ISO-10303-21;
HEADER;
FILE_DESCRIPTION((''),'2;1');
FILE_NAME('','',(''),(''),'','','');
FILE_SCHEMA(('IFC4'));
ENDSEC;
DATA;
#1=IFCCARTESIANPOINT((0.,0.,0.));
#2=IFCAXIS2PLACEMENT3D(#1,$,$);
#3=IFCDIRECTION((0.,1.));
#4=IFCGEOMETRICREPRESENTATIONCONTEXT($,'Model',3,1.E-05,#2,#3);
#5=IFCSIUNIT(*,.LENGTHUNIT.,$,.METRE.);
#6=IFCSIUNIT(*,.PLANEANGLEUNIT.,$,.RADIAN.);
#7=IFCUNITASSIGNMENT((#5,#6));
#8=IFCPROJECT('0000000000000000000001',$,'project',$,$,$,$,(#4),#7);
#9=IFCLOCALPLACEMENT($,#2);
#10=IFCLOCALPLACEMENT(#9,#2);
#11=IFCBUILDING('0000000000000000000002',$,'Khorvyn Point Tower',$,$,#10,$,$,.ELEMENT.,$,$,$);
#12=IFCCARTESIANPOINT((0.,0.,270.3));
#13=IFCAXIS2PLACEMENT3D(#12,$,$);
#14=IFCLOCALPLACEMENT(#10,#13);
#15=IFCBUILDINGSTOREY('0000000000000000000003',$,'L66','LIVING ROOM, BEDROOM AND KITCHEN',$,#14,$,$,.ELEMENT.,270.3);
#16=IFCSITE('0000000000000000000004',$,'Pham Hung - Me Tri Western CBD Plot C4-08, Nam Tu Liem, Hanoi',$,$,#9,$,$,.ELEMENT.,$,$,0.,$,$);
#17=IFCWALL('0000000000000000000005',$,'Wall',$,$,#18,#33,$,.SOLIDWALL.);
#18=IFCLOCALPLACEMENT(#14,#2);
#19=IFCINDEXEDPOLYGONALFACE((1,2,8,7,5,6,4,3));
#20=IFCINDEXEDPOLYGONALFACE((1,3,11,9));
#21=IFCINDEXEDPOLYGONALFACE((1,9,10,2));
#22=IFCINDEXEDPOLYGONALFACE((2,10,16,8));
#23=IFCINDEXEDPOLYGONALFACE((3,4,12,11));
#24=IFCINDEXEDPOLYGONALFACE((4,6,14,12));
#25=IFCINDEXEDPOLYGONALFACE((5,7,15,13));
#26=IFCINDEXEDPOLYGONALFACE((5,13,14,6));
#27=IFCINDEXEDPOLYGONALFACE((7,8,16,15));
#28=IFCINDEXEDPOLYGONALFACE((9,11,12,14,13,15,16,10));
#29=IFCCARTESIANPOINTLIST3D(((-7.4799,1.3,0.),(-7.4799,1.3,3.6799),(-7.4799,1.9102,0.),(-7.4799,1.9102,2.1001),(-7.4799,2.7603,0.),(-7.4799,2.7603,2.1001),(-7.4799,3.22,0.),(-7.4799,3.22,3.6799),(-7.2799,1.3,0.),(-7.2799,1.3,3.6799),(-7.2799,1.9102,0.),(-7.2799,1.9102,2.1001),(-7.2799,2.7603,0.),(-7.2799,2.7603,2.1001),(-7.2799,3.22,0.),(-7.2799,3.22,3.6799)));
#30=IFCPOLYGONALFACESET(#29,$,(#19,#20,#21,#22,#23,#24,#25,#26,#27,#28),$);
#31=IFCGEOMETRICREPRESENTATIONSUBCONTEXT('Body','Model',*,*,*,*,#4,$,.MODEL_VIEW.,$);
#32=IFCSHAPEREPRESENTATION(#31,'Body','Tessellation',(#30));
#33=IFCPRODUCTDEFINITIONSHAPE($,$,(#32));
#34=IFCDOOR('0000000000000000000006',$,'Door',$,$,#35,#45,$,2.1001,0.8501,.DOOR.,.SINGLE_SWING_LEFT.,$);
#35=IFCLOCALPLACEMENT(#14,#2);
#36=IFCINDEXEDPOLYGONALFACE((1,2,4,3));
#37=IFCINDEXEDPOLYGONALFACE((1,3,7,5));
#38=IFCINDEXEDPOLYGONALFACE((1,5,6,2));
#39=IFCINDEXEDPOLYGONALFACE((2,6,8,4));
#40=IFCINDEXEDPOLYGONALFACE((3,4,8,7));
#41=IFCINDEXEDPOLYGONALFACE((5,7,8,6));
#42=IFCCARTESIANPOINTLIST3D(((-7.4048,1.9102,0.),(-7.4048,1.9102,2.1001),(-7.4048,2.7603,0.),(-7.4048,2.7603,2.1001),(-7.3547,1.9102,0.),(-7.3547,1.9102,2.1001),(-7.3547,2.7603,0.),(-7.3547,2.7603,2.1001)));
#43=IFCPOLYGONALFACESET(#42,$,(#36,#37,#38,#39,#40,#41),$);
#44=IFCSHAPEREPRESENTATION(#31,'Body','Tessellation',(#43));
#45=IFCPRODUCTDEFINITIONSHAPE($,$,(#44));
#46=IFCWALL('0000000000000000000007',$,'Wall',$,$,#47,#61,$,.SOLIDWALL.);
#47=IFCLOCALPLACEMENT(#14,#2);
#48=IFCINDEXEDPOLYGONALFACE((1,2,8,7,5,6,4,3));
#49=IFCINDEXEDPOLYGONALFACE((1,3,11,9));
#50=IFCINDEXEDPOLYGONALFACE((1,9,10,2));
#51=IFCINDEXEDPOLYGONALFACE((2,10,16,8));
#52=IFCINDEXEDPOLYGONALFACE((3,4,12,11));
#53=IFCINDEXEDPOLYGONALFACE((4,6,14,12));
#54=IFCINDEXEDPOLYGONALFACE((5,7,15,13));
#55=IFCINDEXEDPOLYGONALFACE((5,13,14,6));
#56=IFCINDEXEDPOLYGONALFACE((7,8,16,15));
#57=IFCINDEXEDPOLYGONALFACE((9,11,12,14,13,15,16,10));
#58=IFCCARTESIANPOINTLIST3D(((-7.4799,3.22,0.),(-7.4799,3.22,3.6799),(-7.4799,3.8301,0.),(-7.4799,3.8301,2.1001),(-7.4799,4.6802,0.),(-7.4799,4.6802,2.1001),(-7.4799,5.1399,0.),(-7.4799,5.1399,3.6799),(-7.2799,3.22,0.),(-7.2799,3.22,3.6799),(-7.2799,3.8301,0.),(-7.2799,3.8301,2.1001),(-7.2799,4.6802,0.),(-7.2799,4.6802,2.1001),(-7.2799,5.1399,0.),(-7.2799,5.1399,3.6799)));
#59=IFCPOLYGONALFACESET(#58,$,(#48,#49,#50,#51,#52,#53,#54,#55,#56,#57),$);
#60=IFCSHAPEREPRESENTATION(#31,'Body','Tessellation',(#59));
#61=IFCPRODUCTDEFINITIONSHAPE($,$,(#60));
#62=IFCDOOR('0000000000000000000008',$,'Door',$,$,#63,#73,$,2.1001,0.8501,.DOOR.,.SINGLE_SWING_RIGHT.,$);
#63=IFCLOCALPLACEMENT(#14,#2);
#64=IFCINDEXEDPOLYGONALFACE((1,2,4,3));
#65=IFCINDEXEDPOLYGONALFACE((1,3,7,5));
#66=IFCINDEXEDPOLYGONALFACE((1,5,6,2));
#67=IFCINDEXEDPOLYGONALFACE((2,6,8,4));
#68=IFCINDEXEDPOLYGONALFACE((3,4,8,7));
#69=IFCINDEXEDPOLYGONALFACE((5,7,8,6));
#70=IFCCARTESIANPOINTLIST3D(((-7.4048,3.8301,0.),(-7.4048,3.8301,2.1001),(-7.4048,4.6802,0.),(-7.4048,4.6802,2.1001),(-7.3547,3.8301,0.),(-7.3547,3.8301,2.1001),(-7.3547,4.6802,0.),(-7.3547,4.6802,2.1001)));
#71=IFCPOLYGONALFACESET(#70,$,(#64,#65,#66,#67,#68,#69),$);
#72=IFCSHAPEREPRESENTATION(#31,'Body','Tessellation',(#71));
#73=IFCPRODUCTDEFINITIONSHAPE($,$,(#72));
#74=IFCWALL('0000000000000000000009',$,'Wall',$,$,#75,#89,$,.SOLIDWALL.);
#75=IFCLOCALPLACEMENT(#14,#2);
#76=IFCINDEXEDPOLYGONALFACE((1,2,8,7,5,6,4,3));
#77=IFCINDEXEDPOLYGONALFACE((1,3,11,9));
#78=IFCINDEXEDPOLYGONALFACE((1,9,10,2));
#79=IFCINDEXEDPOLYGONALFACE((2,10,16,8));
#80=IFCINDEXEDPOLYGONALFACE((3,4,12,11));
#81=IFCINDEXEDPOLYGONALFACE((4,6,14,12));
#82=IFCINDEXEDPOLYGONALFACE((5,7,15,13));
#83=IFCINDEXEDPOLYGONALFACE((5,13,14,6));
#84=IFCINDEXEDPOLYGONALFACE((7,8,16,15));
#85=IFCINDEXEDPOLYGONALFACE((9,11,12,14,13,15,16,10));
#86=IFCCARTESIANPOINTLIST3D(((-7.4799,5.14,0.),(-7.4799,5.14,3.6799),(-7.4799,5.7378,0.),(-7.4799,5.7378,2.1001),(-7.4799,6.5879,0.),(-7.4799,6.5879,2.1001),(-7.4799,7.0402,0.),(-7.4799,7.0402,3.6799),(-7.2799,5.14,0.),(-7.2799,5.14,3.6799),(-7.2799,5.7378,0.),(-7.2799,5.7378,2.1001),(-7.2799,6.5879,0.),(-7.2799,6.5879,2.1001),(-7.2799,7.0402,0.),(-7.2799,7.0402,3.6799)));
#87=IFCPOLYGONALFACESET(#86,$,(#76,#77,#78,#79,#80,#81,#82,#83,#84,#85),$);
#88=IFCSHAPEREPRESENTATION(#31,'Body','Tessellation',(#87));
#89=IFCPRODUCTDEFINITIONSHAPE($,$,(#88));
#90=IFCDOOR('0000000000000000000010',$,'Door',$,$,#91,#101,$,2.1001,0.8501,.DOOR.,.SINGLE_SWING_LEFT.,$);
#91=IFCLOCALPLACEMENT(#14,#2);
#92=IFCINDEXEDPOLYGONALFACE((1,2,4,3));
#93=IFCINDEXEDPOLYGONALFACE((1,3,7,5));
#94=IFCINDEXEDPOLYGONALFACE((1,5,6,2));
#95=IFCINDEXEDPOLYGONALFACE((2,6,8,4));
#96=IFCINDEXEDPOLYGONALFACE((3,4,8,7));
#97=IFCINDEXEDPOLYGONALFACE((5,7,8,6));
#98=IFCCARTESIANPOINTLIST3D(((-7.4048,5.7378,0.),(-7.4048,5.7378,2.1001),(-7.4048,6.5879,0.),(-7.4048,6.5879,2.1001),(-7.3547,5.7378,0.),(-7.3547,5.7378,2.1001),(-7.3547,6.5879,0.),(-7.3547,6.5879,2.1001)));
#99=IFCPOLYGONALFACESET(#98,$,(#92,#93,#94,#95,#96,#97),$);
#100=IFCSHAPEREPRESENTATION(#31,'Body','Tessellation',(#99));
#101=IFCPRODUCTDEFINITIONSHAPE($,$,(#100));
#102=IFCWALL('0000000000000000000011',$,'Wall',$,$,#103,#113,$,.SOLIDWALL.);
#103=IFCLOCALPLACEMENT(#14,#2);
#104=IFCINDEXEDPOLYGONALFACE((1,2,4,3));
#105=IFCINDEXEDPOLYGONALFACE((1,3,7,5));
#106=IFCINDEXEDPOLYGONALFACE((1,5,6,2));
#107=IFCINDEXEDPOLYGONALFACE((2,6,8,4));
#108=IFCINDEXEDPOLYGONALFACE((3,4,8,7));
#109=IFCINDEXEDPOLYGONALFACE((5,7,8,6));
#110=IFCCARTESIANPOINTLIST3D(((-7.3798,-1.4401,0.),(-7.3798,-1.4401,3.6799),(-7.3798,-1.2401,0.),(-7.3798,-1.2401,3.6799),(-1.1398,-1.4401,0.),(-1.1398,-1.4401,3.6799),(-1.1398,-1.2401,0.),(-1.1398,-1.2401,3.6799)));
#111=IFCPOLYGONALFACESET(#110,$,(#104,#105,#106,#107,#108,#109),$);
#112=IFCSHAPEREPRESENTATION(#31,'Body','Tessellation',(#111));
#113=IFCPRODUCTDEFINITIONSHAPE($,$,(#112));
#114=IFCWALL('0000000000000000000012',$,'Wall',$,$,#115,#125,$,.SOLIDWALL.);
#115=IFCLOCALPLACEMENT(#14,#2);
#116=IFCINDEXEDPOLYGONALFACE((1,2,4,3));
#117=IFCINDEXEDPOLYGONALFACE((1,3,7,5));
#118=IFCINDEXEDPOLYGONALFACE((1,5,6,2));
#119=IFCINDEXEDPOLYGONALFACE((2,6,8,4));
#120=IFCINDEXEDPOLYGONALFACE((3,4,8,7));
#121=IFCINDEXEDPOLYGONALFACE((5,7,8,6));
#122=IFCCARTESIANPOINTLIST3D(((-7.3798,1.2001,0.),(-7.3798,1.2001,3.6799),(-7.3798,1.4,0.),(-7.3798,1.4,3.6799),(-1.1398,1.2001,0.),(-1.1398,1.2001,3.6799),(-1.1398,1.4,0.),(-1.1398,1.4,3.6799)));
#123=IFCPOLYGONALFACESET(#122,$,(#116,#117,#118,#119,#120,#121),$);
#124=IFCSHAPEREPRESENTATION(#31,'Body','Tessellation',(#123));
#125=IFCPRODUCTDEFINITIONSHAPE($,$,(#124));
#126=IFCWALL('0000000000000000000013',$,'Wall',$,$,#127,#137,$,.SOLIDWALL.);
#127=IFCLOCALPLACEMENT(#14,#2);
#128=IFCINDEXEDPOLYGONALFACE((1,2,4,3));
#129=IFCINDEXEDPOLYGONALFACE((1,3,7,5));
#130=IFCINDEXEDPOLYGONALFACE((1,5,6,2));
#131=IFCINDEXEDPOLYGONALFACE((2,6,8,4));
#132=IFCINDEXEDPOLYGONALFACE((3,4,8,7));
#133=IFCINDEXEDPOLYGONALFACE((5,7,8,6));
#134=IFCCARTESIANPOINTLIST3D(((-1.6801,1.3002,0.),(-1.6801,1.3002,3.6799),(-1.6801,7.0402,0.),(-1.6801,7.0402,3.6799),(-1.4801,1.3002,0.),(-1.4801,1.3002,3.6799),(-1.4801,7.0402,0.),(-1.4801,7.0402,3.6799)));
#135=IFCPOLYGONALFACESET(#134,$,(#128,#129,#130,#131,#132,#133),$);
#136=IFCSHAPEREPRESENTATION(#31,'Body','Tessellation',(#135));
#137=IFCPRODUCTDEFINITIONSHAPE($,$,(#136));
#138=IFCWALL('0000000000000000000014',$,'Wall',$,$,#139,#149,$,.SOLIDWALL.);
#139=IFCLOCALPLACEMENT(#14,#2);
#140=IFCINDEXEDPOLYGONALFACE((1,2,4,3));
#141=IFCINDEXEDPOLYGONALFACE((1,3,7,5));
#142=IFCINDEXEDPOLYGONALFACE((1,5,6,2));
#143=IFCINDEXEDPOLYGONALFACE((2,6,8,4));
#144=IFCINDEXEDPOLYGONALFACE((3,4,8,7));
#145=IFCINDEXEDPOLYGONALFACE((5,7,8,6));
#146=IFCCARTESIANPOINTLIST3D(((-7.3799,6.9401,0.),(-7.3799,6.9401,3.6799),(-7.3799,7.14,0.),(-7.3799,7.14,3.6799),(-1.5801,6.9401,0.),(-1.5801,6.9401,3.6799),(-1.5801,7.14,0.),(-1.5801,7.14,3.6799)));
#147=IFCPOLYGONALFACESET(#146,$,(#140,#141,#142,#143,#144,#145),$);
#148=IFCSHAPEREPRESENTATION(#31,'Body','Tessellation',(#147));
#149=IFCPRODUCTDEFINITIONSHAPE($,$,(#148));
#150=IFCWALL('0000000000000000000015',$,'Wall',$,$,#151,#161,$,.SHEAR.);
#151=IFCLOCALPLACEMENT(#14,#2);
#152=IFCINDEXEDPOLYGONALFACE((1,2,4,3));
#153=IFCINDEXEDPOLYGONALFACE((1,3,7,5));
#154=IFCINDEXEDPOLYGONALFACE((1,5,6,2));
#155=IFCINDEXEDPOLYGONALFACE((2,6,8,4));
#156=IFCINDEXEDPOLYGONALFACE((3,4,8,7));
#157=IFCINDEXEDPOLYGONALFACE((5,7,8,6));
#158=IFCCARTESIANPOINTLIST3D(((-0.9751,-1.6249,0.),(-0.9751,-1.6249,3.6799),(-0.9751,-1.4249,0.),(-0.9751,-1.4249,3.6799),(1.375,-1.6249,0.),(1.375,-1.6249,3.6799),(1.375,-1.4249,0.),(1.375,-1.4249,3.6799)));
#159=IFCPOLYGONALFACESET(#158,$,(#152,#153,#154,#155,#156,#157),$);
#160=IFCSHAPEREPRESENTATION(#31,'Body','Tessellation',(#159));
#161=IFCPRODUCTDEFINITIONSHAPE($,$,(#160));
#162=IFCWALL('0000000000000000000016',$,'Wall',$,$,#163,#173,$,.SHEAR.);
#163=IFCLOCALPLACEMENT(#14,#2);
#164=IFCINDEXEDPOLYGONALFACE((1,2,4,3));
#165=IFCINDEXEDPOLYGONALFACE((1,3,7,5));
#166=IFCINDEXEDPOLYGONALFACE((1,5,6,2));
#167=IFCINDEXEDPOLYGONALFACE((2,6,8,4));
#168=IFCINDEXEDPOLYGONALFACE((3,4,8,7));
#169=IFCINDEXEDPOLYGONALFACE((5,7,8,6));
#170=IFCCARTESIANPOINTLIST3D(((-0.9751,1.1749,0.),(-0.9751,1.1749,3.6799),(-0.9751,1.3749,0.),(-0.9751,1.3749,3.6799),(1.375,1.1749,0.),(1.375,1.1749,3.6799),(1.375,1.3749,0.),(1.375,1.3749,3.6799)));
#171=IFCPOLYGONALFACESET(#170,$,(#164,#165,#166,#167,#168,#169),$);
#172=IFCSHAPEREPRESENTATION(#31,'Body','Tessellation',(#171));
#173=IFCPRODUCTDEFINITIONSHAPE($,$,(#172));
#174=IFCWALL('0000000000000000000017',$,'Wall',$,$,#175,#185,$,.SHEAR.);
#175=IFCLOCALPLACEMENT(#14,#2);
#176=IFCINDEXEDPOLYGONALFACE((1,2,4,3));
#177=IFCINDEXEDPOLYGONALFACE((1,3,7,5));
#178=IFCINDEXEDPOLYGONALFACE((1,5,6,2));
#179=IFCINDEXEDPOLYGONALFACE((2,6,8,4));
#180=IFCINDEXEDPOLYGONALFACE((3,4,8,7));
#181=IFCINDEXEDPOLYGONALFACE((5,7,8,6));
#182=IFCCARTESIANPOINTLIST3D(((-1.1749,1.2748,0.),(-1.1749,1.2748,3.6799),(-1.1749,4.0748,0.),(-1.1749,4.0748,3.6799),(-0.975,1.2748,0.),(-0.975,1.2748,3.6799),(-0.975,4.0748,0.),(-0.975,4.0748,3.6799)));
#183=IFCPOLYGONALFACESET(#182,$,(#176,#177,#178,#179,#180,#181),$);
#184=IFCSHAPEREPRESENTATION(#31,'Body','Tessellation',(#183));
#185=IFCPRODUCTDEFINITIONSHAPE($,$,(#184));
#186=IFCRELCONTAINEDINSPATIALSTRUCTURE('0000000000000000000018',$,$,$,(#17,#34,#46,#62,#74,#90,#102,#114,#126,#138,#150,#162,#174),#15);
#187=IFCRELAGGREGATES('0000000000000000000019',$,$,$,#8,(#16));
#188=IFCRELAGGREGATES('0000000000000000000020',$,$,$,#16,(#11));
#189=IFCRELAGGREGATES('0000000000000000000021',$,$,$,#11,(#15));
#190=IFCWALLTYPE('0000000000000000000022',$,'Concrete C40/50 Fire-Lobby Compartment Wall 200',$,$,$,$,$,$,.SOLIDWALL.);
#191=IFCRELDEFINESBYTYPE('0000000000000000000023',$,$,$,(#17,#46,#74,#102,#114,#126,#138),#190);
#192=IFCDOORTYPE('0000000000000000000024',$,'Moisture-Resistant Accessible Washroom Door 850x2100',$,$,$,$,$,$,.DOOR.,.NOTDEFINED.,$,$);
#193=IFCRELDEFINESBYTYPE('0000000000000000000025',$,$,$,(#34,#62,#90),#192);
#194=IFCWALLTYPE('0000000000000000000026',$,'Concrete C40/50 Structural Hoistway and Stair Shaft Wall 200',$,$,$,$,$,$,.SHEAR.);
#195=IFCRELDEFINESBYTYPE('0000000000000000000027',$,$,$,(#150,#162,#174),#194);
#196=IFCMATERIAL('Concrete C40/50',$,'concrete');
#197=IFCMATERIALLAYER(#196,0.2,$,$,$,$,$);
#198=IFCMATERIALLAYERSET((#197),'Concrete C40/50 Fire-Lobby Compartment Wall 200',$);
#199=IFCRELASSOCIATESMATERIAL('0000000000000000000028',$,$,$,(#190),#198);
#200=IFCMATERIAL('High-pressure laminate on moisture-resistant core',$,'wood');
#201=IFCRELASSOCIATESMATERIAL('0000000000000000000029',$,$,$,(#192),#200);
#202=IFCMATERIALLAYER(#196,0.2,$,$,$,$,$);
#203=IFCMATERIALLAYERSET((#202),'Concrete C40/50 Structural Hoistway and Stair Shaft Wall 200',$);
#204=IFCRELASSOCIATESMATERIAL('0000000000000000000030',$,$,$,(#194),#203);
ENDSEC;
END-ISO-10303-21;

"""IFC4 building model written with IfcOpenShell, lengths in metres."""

from ifc_helpers import new_model, si_unit, direction, frame, frame_2d, origin, place, context, subcontext, project, spatial, rectangle, extrude, material, layer, layer_set, type_object, element, fill, save


model = new_model("IFC4")

# Units and contexts
model_context = context("Model", 3, precision=1e-05, world=origin(), true_north=direction((0.0, 1.0)))
body_context = subcontext(model_context, "Body", "Model", "MODEL_VIEW")
ifc_project = project(units=[si_unit("LENGTHUNIT", "METRE"), si_unit("PLANEANGLEUNIT", "RADIAN")], contexts=[model_context])

# Site, building, storey
site_placement = place(None, origin())
site = spatial("IfcSite", under=ifc_project, at=site_placement, Name="Pham Hung - Me Tri Western CBD Plot C4-08, Nam Tu Liem, Hanoi", CompositionType="ELEMENT", RefElevation=0.0)
building_placement = place(site_placement, origin())
building = spatial("IfcBuilding", under=site, at=building_placement, Name="Khorvyn Point Tower", CompositionType="ELEMENT")
storey_placement = place(building_placement, frame((0.0, 0.0, 270.3)))
storey = spatial("IfcBuildingStorey", under=building, at=storey_placement, Name="L66", Description="LIVING ROOM, BEDROOM AND KITCHEN", CompositionType="ELEMENT", Elevation=270.3)

# Shared definitions
ifc_material_1 = material(Name="Concrete C40/50", Category="concrete")

# Walls, openings, doors
ifc_layer_1 = layer(ifc_material_1, 0.2)
ifc_layer_set_1 = layer_set([ifc_layer_1], Name="Concrete C40/50 Fire-Lobby Compartment Wall 200")
wall_type_1 = type_object("IfcWallType", Name="Concrete C40/50 Fire-Lobby Compartment Wall 200", PredefinedType="SOLIDWALL", material=ifc_layer_set_1)
wall_1_placement = place(storey_placement, frame((-7.3799, 1.3, 0.0), z_axis=(0.0, 0.0, 1.0), x_axis=(0.0, 1.0, 0.0)))
wall_1 = element("IfcWall", 1, at=wall_1_placement, inside=storey, type_object=wall_type_1, Name="Wall", PredefinedType="SOLIDWALL", context=body_context, shape_type="SweptSolid", body=[
    extrude(rectangle(XDim=1.9199, YDim=0.2, at=frame_2d((0.96, 0.0))), origin(), (0.0, 0.0, 1.0), 3.6799),
])
opening_1_placement = place(wall_1_placement, frame((0.6101, 0.0, 0.0)))
opening_1 = element("IfcOpeningElement", 2, at=opening_1_placement, cuts=wall_1, PredefinedType="OPENING", context=body_context, shape_type="SweptSolid", body=[
    extrude(rectangle(XDim=0.8501, YDim=2.1001, at=frame_2d((0.425, 1.05))), frame((0.0, 0.1099, 0.0), z_axis=(0.0, -1.0, 0.0), x_axis=(1.0, 0.0, 0.0)), (0.0, 0.0, 1.0), 0.22),
])
ifc_material_2 = material(Name="High-pressure laminate on moisture-resistant core", Category="wood")
door_type_1 = type_object("IfcDoorType", Name="Moisture-Resistant Accessible Washroom Door 850x2100", OperationType="NOTDEFINED", PredefinedType="DOOR", material=ifc_material_2)
door_1_placement = place(opening_1_placement, origin())
door_1 = element("IfcDoor", 3, at=door_1_placement, inside=storey, type_object=door_type_1, Name="Door", OperationType="SINGLE_SWING_LEFT", OverallHeight=2.1001, OverallWidth=0.8501, PredefinedType="DOOR", context=body_context, shape_type="SweptSolid", body=[
    extrude(rectangle(XDim=0.8501, YDim=2.1001, at=frame_2d((0.425, 1.05))), frame((0.0, 0.0249, 0.0), z_axis=(0.0, -1.0, 0.0), x_axis=(1.0, 0.0, 0.0)), (0.0, 0.0, 1.0), 0.05),
])
fill(opening_1, door_1)
wall_2_placement = place(storey_placement, frame((-7.3799, 3.22, 0.0), z_axis=(0.0, 0.0, 1.0), x_axis=(0.0, 1.0, 0.0)))
wall_2 = element("IfcWall", 4, at=wall_2_placement, inside=storey, type_object=wall_type_1, Name="Wall", PredefinedType="SOLIDWALL", context=body_context, shape_type="SweptSolid", body=[
    extrude(rectangle(XDim=1.9199, YDim=0.2, at=frame_2d((0.96, 0.0))), origin(), (0.0, 0.0, 1.0), 3.6799),
])
opening_2_placement = place(wall_2_placement, frame((0.6101, 0.0, 0.0)))
opening_2 = element("IfcOpeningElement", 5, at=opening_2_placement, cuts=wall_2, PredefinedType="OPENING", context=body_context, shape_type="SweptSolid", body=[
    extrude(rectangle(XDim=0.8501, YDim=2.1001, at=frame_2d((0.425, 1.05))), frame((0.0, 0.1099, 0.0), z_axis=(0.0, -1.0, 0.0), x_axis=(1.0, 0.0, 0.0)), (0.0, 0.0, 1.0), 0.22),
])
door_2_placement = place(opening_2_placement, origin())
door_2 = element("IfcDoor", 6, at=door_2_placement, inside=storey, type_object=door_type_1, Name="Door", OperationType="SINGLE_SWING_RIGHT", OverallHeight=2.1001, OverallWidth=0.8501, PredefinedType="DOOR", context=body_context, shape_type="SweptSolid", body=[
    extrude(rectangle(XDim=0.8501, YDim=2.1001, at=frame_2d((0.425, 1.05))), frame((0.0, 0.0249, 0.0), z_axis=(0.0, -1.0, 0.0), x_axis=(1.0, 0.0, 0.0)), (0.0, 0.0, 1.0), 0.05),
])
fill(opening_2, door_2)
wall_3_placement = place(storey_placement, frame((-7.3799, 5.1399, 0.0), z_axis=(0.0, 0.0, 1.0), x_axis=(0.0, 1.0, 0.0)))
wall_3 = element("IfcWall", 7, at=wall_3_placement, inside=storey, type_object=wall_type_1, Name="Wall", PredefinedType="SOLIDWALL", context=body_context, shape_type="SweptSolid", body=[
    extrude(rectangle(XDim=1.9001, YDim=0.2, at=frame_2d((0.9502, 0.0))), origin(), (0.0, 0.0, 1.0), 3.6799),
])
opening_3_placement = place(wall_3_placement, frame((0.5979, 0.0, 0.0)))
opening_3 = element("IfcOpeningElement", 8, at=opening_3_placement, cuts=wall_3, PredefinedType="OPENING", context=body_context, shape_type="SweptSolid", body=[
    extrude(rectangle(XDim=0.8501, YDim=2.1001, at=frame_2d((0.425, 1.05))), frame((0.0, 0.1099, 0.0), z_axis=(0.0, -1.0, 0.0), x_axis=(1.0, 0.0, 0.0)), (0.0, 0.0, 1.0), 0.22),
])
door_3_placement = place(opening_3_placement, origin())
door_3 = element("IfcDoor", 9, at=door_3_placement, inside=storey, type_object=door_type_1, Name="Door", OperationType="SINGLE_SWING_LEFT", OverallHeight=2.1001, OverallWidth=0.8501, PredefinedType="DOOR", context=body_context, shape_type="SweptSolid", body=[
    extrude(rectangle(XDim=0.8501, YDim=2.1001, at=frame_2d((0.425, 1.05))), frame((0.0, 0.0249, 0.0), z_axis=(0.0, -1.0, 0.0), x_axis=(1.0, 0.0, 0.0)), (0.0, 0.0, 1.0), 0.05),
])
fill(opening_3, door_3)

# Walls
for number, where, z_axis, x_axis, name in (
    (10, (-7.3799, -1.3401, 0.0), (0.0, 0.0, 1.0), (1.0, 0.0, 0.0), "Wall"),
    (11, (-7.3799, 1.3, 0.0), (0.0, 0.0, 1.0), (1.0, 0.0, 0.0), "Wall"),
):
    element("IfcWall", number, at=place(storey_placement, frame(where, z_axis=z_axis, x_axis=x_axis)), inside=storey, type_object=wall_type_1, Name=name, PredefinedType="SOLIDWALL", context=body_context, shape_type="SweptSolid", body=[
        extrude(rectangle(XDim=6.24, YDim=0.2, at=frame_2d((3.1201, 0.0))), origin(), (0.0, 0.0, 1.0), 3.6799),
    ])
wall_4_placement = place(storey_placement, frame((-1.5801, 1.3, 0.0), z_axis=(0.0, 0.0, 1.0), x_axis=(0.0, 1.0, 0.0)))
element("IfcWall", 12, at=wall_4_placement, inside=storey, type_object=wall_type_1, Name="Wall", PredefinedType="SOLIDWALL", context=body_context, shape_type="SweptSolid", body=[
    extrude(rectangle(XDim=5.74, YDim=0.2, at=frame_2d((2.8701, 0.0))), origin(), (0.0, 0.0, 1.0), 3.6799),
])
wall_5_placement = place(storey_placement, frame((-7.3799, 7.04, 0.0), z_axis=(0.0, 0.0, 1.0), x_axis=(1.0, 0.0, 0.0)))
element("IfcWall", 13, at=wall_5_placement, inside=storey, type_object=wall_type_1, Name="Wall", PredefinedType="SOLIDWALL", context=body_context, shape_type="SweptSolid", body=[
    extrude(rectangle(XDim=5.7998, YDim=0.2, at=frame_2d((2.8999, 0.0))), origin(), (0.0, 0.0, 1.0), 3.6799),
])
ifc_layer_2 = layer(ifc_material_1, 0.2)
ifc_layer_set_2 = layer_set([ifc_layer_2], Name="Concrete C40/50 Structural Hoistway and Stair Shaft Wall 200")
wall_type_2 = type_object("IfcWallType", Name="Concrete C40/50 Structural Hoistway and Stair Shaft Wall 200", PredefinedType="SHEAR", material=ifc_layer_set_2)
for number, where, z_axis, x_axis, name in (
    (14, (-0.9751, -1.5249, 0.0), (0.0, 0.0, 1.0), (1.0, 0.0, 0.0), "Wall"),
    (15, (-0.9751, 1.2749, 0.0), (0.0, 0.0, 1.0), (1.0, 0.0, 0.0), "Wall"),
):
    element("IfcWall", number, at=place(storey_placement, frame(where, z_axis=z_axis, x_axis=x_axis)), inside=storey, type_object=wall_type_2, Name=name, PredefinedType="SHEAR", context=body_context, shape_type="SweptSolid", body=[
        extrude(rectangle(XDim=2.3501, YDim=0.2, at=frame_2d((1.175, 0.0))), origin(), (0.0, 0.0, 1.0), 3.6799),
    ])
wall_6_placement = place(storey_placement, frame((-1.075, 1.2749, 0.0), z_axis=(0.0, 0.0, 1.0), x_axis=(0.0, 1.0, 0.0)))
element("IfcWall", 16, at=wall_6_placement, inside=storey, type_object=wall_type_2, Name="Wall", PredefinedType="SHEAR", context=body_context, shape_type="SweptSolid", body=[
    extrude(rectangle(XDim=2.8, YDim=0.2, at=frame_2d((1.3999, 0.0))), origin(), (0.0, 0.0, 1.0), 3.6799),
])

save(model, "model.ifc")
